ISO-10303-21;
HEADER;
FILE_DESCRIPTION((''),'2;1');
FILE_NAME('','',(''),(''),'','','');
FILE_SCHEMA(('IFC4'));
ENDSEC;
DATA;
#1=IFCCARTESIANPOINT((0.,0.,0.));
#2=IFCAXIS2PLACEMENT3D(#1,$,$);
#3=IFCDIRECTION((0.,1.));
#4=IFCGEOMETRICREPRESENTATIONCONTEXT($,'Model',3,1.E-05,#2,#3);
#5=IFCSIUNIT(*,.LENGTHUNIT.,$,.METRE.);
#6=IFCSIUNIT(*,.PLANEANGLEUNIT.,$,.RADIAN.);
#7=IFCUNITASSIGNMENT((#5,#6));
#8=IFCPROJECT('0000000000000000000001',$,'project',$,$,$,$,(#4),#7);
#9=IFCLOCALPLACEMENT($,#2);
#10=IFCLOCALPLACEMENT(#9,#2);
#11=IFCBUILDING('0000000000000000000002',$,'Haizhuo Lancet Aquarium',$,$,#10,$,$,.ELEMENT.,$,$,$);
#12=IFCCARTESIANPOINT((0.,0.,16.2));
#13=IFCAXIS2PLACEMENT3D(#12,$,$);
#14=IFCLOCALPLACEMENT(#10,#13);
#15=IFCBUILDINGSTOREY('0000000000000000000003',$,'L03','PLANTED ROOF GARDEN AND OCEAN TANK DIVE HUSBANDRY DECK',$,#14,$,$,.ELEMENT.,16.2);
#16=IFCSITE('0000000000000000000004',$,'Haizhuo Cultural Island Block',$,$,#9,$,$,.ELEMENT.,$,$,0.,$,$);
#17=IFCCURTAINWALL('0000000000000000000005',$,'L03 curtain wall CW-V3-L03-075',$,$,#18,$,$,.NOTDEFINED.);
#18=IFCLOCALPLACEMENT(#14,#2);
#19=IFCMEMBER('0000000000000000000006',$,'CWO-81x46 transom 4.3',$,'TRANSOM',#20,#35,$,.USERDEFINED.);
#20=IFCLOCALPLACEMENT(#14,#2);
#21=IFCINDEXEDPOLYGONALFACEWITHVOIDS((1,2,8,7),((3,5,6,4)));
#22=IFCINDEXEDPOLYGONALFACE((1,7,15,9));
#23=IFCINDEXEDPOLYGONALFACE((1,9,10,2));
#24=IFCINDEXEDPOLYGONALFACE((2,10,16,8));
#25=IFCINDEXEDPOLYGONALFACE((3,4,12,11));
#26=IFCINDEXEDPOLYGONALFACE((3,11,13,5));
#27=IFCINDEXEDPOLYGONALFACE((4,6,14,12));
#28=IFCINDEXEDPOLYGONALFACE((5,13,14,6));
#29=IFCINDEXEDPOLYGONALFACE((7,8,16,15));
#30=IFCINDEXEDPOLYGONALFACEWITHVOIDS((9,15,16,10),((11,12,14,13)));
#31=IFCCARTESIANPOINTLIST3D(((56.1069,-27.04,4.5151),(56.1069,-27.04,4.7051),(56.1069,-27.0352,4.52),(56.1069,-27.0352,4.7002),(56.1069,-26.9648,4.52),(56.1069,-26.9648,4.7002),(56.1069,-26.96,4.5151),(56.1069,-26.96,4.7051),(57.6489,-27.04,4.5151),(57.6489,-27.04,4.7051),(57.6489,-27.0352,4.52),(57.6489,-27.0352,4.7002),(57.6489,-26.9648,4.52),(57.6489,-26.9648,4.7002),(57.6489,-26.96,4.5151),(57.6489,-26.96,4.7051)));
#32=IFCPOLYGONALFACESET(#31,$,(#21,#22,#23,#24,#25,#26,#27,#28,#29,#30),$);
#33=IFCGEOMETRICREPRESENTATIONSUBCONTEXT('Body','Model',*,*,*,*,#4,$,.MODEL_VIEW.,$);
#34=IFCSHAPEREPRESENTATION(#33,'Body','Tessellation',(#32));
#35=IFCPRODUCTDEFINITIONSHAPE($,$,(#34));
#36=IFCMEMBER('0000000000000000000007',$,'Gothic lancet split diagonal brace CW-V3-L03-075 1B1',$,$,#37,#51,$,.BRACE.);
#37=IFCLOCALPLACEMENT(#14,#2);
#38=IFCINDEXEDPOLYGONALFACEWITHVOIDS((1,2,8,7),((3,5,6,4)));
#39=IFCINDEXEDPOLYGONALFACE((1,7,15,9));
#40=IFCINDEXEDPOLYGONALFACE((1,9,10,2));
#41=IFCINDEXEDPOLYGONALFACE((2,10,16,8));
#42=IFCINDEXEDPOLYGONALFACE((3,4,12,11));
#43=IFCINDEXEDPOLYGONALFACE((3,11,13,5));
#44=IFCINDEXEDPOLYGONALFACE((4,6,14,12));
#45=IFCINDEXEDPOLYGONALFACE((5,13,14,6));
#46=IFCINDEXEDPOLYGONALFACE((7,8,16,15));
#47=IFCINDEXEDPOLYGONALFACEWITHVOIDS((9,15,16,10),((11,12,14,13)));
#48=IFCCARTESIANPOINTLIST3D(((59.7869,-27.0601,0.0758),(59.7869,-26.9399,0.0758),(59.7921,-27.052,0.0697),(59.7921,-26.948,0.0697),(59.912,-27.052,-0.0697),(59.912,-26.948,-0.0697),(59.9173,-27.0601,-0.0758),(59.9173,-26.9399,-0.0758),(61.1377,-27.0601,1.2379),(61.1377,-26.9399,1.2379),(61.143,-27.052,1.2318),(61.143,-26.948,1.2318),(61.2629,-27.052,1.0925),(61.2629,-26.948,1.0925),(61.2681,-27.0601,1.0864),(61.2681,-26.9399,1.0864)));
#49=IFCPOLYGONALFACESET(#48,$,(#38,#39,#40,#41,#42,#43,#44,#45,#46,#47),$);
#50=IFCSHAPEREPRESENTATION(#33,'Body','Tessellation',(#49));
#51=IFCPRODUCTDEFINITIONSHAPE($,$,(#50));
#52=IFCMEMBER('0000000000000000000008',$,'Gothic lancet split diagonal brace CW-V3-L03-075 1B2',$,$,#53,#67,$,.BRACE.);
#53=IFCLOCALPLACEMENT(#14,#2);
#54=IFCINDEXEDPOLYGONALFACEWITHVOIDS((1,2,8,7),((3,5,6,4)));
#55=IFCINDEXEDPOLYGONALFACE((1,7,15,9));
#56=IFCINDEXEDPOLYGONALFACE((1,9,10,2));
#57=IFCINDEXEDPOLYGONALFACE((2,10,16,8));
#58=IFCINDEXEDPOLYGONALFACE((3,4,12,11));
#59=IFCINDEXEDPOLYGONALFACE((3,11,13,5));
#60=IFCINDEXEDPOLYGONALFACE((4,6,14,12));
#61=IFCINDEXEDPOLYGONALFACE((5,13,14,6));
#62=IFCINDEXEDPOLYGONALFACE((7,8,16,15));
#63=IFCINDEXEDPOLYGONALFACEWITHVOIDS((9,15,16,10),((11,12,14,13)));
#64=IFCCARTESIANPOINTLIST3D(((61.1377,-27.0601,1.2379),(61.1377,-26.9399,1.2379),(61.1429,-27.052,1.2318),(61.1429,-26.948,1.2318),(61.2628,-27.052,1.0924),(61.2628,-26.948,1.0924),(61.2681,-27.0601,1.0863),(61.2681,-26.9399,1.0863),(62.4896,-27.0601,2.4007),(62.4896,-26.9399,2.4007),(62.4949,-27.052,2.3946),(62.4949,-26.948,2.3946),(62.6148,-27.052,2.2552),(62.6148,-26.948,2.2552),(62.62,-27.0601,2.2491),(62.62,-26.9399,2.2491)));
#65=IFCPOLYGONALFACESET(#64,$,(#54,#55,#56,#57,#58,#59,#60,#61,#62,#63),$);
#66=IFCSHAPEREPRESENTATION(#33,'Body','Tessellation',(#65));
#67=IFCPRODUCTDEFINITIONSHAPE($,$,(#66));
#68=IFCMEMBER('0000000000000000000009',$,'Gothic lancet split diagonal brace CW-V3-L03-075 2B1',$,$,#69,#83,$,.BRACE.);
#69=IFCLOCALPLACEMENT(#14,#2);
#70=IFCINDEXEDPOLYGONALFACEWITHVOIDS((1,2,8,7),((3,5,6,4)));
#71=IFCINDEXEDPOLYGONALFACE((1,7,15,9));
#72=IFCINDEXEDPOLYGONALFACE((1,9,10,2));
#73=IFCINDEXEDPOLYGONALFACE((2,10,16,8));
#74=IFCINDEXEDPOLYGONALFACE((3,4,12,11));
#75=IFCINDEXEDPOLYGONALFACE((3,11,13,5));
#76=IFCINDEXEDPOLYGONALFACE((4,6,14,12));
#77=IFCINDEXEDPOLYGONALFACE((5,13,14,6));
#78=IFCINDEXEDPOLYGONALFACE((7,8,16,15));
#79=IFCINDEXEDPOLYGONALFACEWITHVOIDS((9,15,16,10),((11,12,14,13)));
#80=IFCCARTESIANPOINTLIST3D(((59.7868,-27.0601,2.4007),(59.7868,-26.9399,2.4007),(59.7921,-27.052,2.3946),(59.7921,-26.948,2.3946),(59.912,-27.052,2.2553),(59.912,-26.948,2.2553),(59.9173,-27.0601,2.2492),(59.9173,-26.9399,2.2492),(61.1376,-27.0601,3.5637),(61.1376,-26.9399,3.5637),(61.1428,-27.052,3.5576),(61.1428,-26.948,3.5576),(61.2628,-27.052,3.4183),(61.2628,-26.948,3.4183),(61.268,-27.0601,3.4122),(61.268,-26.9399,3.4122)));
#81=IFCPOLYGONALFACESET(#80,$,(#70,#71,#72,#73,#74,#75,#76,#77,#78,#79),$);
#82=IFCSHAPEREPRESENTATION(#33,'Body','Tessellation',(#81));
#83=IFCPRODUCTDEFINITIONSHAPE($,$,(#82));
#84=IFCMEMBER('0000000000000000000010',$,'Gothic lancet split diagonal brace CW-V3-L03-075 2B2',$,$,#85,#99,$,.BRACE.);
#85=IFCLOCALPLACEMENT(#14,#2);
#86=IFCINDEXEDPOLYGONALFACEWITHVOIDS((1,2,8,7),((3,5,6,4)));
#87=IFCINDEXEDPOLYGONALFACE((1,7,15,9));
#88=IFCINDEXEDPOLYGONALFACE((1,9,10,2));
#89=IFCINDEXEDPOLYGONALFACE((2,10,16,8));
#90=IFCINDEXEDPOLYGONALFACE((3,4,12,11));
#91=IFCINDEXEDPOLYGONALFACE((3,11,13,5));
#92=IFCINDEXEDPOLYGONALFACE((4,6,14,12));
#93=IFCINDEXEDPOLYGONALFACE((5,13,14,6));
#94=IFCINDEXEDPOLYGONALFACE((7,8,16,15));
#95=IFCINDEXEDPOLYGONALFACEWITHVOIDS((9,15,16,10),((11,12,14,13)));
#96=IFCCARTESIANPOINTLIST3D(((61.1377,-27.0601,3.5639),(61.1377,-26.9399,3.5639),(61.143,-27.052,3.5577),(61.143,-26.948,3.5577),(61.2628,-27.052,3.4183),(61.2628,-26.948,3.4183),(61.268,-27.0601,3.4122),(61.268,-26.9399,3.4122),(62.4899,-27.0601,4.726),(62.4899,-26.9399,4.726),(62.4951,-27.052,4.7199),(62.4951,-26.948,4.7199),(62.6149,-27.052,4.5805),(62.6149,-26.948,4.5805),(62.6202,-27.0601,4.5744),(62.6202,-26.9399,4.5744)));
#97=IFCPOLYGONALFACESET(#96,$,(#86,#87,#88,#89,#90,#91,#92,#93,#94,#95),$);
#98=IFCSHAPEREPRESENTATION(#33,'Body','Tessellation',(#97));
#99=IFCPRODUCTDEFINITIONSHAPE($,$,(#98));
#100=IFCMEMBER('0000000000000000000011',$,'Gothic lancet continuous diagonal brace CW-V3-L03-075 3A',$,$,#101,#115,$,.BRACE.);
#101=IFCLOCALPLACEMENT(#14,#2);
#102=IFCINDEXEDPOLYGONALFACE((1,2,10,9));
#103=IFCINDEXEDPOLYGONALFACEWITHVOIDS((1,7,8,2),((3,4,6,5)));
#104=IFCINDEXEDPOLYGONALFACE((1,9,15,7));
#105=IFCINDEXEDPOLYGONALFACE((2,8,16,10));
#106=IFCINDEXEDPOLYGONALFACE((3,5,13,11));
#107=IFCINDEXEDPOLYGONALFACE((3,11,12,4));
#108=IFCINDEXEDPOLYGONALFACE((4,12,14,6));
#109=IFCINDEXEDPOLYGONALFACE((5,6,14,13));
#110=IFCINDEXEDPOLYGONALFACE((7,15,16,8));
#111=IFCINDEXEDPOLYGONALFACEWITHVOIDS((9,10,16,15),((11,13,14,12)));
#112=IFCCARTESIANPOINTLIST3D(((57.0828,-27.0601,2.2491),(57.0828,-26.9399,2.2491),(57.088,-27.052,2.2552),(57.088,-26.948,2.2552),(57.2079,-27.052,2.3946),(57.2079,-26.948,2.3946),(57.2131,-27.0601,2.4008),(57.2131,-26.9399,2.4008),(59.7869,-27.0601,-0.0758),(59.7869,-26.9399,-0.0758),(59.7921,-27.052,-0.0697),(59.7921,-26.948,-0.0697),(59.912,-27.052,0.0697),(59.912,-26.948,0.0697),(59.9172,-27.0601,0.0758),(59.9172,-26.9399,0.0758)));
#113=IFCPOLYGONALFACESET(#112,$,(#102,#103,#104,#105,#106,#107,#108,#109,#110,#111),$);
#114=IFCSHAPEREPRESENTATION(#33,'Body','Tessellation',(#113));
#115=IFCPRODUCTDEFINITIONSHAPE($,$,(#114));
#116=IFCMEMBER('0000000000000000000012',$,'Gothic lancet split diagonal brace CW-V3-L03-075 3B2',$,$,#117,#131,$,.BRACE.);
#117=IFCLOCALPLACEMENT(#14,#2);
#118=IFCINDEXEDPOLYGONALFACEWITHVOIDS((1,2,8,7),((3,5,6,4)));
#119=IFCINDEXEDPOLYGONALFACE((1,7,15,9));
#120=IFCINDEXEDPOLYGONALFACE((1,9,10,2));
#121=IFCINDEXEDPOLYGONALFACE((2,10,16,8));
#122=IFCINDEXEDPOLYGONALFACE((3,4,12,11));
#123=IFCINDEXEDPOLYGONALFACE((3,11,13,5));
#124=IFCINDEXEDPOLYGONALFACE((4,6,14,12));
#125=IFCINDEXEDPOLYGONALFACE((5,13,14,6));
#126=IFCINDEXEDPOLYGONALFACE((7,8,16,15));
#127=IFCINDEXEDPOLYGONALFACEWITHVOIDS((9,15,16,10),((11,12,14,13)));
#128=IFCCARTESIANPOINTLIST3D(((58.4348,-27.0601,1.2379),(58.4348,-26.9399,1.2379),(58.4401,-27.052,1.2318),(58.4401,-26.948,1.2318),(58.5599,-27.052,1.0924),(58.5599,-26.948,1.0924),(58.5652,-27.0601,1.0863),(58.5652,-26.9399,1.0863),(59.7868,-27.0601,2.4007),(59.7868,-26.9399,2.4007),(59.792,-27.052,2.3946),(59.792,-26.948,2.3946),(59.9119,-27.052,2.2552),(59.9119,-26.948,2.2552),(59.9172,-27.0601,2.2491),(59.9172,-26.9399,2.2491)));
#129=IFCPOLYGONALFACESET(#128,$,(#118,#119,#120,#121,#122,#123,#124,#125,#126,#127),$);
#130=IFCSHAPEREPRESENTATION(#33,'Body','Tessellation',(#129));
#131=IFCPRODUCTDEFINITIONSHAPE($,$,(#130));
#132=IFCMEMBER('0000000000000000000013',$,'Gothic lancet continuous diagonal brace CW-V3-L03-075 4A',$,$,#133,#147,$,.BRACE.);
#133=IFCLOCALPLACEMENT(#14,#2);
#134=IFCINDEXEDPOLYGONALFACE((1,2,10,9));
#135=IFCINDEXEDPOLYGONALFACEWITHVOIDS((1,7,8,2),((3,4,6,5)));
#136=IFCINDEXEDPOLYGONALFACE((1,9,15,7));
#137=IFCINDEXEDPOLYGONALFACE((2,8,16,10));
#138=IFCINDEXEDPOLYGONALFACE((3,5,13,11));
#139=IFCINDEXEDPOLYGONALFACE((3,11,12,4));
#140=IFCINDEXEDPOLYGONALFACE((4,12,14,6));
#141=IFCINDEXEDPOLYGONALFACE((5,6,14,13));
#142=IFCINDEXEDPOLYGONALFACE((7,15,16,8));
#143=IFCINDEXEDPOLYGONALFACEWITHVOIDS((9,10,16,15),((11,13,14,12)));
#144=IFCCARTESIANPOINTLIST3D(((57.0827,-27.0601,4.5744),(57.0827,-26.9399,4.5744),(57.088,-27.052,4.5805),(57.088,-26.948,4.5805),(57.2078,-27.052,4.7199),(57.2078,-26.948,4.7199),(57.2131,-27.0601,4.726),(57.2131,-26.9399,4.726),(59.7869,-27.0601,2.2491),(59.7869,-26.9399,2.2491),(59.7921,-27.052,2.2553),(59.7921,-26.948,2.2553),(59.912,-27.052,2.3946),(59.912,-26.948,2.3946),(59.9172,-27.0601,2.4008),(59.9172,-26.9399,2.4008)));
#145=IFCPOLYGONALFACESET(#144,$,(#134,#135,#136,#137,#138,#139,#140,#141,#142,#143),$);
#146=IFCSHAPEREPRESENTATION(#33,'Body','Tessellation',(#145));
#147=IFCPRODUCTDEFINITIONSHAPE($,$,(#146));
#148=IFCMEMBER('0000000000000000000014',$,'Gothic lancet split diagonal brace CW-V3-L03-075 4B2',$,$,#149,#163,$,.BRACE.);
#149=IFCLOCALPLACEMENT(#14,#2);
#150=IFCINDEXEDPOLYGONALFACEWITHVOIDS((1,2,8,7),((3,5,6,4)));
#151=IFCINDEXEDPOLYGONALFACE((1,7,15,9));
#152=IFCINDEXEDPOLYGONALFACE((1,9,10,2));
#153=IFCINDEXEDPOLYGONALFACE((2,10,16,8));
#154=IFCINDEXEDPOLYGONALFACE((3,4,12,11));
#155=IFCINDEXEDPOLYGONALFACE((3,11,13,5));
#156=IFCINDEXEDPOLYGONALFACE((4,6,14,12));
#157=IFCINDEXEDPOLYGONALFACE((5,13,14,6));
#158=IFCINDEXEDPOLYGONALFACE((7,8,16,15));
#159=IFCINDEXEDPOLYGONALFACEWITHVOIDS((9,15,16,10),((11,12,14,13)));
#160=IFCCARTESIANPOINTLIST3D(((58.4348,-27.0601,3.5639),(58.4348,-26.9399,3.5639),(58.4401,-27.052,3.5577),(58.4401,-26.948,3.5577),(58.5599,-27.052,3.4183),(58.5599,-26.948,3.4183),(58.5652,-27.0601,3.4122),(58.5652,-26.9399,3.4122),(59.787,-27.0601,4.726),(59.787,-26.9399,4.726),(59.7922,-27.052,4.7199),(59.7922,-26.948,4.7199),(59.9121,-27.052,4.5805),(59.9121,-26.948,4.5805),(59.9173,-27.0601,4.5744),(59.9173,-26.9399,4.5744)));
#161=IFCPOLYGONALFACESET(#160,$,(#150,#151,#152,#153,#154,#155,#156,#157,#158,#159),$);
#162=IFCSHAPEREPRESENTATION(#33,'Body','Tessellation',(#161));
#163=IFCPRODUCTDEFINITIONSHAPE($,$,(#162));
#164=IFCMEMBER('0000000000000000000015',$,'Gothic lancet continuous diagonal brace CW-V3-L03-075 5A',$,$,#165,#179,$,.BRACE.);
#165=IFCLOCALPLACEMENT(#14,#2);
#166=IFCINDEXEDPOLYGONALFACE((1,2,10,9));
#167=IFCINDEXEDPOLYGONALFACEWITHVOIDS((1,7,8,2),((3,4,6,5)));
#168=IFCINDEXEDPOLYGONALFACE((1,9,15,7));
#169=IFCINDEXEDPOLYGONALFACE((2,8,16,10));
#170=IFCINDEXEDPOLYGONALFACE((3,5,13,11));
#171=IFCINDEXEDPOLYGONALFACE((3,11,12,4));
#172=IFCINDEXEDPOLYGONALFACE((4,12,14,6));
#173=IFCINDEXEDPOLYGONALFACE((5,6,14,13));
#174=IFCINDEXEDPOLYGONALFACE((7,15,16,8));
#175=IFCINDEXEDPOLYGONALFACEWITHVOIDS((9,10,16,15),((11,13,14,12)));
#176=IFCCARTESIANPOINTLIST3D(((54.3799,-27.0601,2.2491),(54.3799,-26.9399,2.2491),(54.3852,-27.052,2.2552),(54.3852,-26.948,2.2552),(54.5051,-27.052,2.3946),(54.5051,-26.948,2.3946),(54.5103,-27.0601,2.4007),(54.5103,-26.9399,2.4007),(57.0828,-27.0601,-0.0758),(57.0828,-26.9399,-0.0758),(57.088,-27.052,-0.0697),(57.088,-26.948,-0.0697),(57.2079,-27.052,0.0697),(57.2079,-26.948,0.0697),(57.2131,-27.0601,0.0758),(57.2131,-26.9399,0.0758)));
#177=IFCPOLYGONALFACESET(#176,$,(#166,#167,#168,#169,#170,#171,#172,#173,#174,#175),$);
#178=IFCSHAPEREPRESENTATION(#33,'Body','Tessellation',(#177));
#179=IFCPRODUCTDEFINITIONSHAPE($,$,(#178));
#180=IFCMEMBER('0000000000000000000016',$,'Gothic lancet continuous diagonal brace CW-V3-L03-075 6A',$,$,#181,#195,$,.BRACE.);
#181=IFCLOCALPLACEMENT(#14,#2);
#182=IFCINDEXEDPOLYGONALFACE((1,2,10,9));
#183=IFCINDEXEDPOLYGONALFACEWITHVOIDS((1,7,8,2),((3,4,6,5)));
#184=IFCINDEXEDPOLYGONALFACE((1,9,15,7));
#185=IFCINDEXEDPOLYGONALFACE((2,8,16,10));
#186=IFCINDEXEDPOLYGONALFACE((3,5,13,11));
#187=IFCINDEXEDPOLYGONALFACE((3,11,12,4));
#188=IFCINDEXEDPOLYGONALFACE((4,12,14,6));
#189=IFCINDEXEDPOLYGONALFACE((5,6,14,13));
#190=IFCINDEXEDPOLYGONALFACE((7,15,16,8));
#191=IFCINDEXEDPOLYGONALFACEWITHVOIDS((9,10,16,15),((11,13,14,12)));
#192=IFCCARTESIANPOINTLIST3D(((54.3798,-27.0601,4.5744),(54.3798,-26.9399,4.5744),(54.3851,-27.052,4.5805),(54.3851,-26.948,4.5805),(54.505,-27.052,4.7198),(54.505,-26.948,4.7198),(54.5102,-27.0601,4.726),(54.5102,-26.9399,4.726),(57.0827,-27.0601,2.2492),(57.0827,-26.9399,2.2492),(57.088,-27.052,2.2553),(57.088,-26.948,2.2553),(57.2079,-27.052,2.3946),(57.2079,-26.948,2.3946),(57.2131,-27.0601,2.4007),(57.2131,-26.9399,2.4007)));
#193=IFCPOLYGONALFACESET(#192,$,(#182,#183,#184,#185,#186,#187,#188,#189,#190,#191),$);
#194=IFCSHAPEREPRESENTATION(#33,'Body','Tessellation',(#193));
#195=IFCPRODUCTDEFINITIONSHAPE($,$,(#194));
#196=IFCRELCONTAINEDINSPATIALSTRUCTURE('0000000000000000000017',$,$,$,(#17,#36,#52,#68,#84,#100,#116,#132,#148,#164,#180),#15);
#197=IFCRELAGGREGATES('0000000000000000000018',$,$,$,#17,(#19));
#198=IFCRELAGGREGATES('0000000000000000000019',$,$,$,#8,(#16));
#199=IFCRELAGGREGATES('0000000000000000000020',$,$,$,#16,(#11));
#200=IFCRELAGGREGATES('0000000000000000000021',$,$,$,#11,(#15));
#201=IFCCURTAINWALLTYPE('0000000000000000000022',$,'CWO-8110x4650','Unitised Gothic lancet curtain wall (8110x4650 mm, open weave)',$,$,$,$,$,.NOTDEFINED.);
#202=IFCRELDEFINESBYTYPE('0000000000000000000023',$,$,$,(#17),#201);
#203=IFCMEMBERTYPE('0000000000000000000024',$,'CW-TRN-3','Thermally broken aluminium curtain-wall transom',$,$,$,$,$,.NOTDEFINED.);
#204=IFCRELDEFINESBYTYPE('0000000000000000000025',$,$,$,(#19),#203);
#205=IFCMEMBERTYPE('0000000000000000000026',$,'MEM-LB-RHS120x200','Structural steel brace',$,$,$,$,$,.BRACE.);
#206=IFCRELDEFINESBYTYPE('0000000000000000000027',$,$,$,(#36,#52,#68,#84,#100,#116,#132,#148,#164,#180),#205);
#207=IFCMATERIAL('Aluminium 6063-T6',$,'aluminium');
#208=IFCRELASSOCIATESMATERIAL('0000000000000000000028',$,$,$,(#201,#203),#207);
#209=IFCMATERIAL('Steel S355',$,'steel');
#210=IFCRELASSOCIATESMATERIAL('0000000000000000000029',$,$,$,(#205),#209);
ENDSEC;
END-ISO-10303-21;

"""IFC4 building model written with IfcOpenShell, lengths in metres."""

from ifc_helpers import new_model, si_unit, direction, frame, origin, origin_2d, place, context, subcontext, project, spatial, hollow_rectangle, extrude, material, material_profile, profile_set, type_object, element, aggregate, save


model = new_model("IFC4")

# Units and contexts
model_context = context("Model", 3, precision=1e-05, world=origin(), true_north=direction((0.0, 1.0)))
body_context = subcontext(model_context, "Body", "Model", "MODEL_VIEW")
ifc_project = project(units=[si_unit("LENGTHUNIT", "METRE"), si_unit("PLANEANGLEUNIT", "RADIAN")], contexts=[model_context])

# Site, building, storey
site_placement = place(None, origin())
site = spatial("IfcSite", under=ifc_project, at=site_placement, Name="Haizhuo Cultural Island Block", CompositionType="ELEMENT", RefElevation=0.0)
building_placement = place(site_placement, origin())
building = spatial("IfcBuilding", under=site, at=building_placement, Name="Haizhuo Lancet Aquarium", CompositionType="ELEMENT")
storey_placement = place(building_placement, frame((0.0, 0.0, 16.2)))
storey = spatial("IfcBuildingStorey", under=building, at=storey_placement, Name="L03", Description="PLANTED ROOF GARDEN AND OCEAN TANK DIVE HUSBANDRY DECK", CompositionType="ELEMENT", Elevation=16.2)

# Curtain wall, member
ifc_material_1 = material(Name="Aluminium 6063-T6", Category="aluminium")
curtain_wall_type = type_object("IfcCurtainWallType", Name="CWO-8110x4650", Description="Unitised Gothic lancet curtain wall (8110x4650 mm, open weave)", PredefinedType="NOTDEFINED", material=ifc_material_1)
curtain_wall_placement = place(storey_placement, origin())
curtain_wall = element("IfcCurtainWall", 1, at=curtain_wall_placement, inside=storey, type_object=curtain_wall_type, Name="L03 curtain wall CW-V3-L03-075", PredefinedType="NOTDEFINED")
ifc_material_profile_1 = material_profile(ifc_material_1, hollow_rectangle(XDim=0.0801, YDim=0.1899, WallThickness=0.0049, at=origin_2d()), Name="ALU-T 80x190x5")
ifc_profile_set_1 = profile_set([ifc_material_profile_1], Name="Aluminium 6063-T6")
member_type_1 = type_object("IfcMemberType", Name="CW-TRN-3", Description="Thermally broken aluminium curtain-wall transom", PredefinedType="NOTDEFINED", material=ifc_profile_set_1)
member_1_placement = place(storey_placement, frame((57.6489, -27.0, 4.6101), z_axis=(-1.0, 0.0, 0.0), x_axis=(0.0, -1.0, 0.0)))
member_1 = element("IfcMember", 2, at=member_1_placement, type_object=member_type_1, Name="CWO-81x46 transom 4.3", ObjectType="TRANSOM", PredefinedType="USERDEFINED", context=body_context, shape_type="SweptSolid", body=[
    extrude(hollow_rectangle(XDim=0.0801, YDim=0.1899, WallThickness=0.0049, at=origin_2d()), origin(), (0.0, 0.0, 1.0), 1.542),
])

# Members
ifc_material_2 = material(Name="Steel S355", Category="steel")
ifc_material_profile_2 = material_profile(ifc_material_2, hollow_rectangle(XDim=0.1201, YDim=0.2, WallThickness=0.0081, at=origin_2d()), Name="RHS 120x200x8")
ifc_profile_set_2 = profile_set([ifc_material_profile_2], Name="Steel S355")
member_type_2 = type_object("IfcMemberType", Name="MEM-LB-RHS120x200", Description="Structural steel brace", PredefinedType="BRACE", material=ifc_profile_set_2)
member_2_placement = place(storey_placement, frame((59.8521, -27.0, 0.0), z_axis=(0.758075, 0.0, 0.652167), x_axis=(0.0, 1.0, 0.0)))
element("IfcMember", 3, at=member_2_placement, inside=storey, type_object=member_type_2, Name="Gothic lancet split diagonal brace CW-V3-L03-075 1B1", PredefinedType="BRACE", context=body_context, shape_type="SweptSolid", body=[
    extrude(hollow_rectangle(XDim=0.1201, YDim=0.2, WallThickness=0.0081, at=origin_2d()), origin(), (0.0, 0.0, 1.0), 1.782),
])
member_3_placement = place(storey_placement, frame((61.2029, -27.0, 1.1621), z_axis=(0.758164, 0.0, 0.652064), x_axis=(0.0, 1.0, 0.0)))
element("IfcMember", 4, at=member_3_placement, inside=storey, type_object=member_type_2, Name="Gothic lancet split diagonal brace CW-V3-L03-075 1B2", PredefinedType="BRACE", context=body_context, shape_type="SweptSolid", body=[
    extrude(hollow_rectangle(XDim=0.1201, YDim=0.2, WallThickness=0.0081, at=origin_2d()), origin(), (0.0, 0.0, 1.0), 1.7832),
])
member_4_placement = place(storey_placement, frame((59.8521, -27.0, 2.325), z_axis=(0.757805, 0.0, 0.652482), x_axis=(0.0, 1.0, 0.0)))
element("IfcMember", 5, at=member_4_placement, inside=storey, type_object=member_type_2, Name="Gothic lancet split diagonal brace CW-V3-L03-075 2B1", PredefinedType="BRACE", context=body_context, shape_type="SweptSolid", body=[
    extrude(hollow_rectangle(XDim=0.1201, YDim=0.2, WallThickness=0.0081, at=origin_2d()), origin(), (0.0, 0.0, 1.0), 1.7825),
])
member_5_placement = place(storey_placement, frame((61.2029, -27.0, 3.488), z_axis=(0.758367, 0.0, 0.651828), x_axis=(0.0, 1.0, 0.0)))
element("IfcMember", 6, at=member_5_placement, inside=storey, type_object=member_type_2, Name="Gothic lancet split diagonal brace CW-V3-L03-075 2B2", PredefinedType="BRACE", context=body_context, shape_type="SweptSolid", body=[
    extrude(hollow_rectangle(XDim=0.1201, YDim=0.2, WallThickness=0.0081, at=origin_2d()), origin(), (0.0, 0.0, 1.0), 1.783),
])
member_6_placement = place(storey_placement, frame((59.8521, -27.0, 0.0), z_axis=(-0.758265, 0.0, 0.651946), x_axis=(0.0, -1.0, 0.0)))
element("IfcMember", 7, at=member_6_placement, inside=storey, type_object=member_type_2, Name="Gothic lancet continuous diagonal brace CW-V3-L03-075 3A", PredefinedType="BRACE", context=body_context, shape_type="SweptSolid", body=[
    extrude(hollow_rectangle(XDim=0.1201, YDim=0.2, WallThickness=0.0081, at=origin_2d()), origin(), (0.0, 0.0, 1.0), 3.5662),
])
member_7_placement = place(storey_placement, frame((58.5, -27.0, 1.1621), z_axis=(0.758164, 0.0, 0.652064), x_axis=(0.0, 1.0, 0.0)))
element("IfcMember", 8, at=member_7_placement, inside=storey, type_object=member_type_2, Name="Gothic lancet split diagonal brace CW-V3-L03-075 3B2", PredefinedType="BRACE", context=body_context, shape_type="SweptSolid", body=[
    extrude(hollow_rectangle(XDim=0.1201, YDim=0.2, WallThickness=0.0081, at=origin_2d()), origin(), (0.0, 0.0, 1.0), 1.7832),
])
member_8_placement = place(storey_placement, frame((59.8521, -27.0, 2.325), z_axis=(-0.758231, 0.0, 0.651986), x_axis=(0.0, -1.0, 0.0)))
element("IfcMember", 9, at=member_8_placement, inside=storey, type_object=member_type_2, Name="Gothic lancet continuous diagonal brace CW-V3-L03-075 4A", PredefinedType="BRACE", context=body_context, shape_type="SweptSolid", body=[
    extrude(hollow_rectangle(XDim=0.1201, YDim=0.2, WallThickness=0.0081, at=origin_2d()), origin(), (0.0, 0.0, 1.0), 3.5664),
])
member_9_placement = place(storey_placement, frame((58.5, -27.0, 3.488), z_axis=(0.758367, 0.0, 0.651828), x_axis=(0.0, 1.0, 0.0)))
element("IfcMember", 10, at=member_9_placement, inside=storey, type_object=member_type_2, Name="Gothic lancet split diagonal brace CW-V3-L03-075 4B2", PredefinedType="BRACE", context=body_context, shape_type="SweptSolid", body=[
    extrude(hollow_rectangle(XDim=0.1201, YDim=0.2, WallThickness=0.0081, at=origin_2d()), origin(), (0.0, 0.0, 1.0), 1.783),
])
member_10_placement = place(storey_placement, frame((57.1479, -27.0, 0.0), z_axis=(-0.75812, 0.0, 0.652116), x_axis=(0.0, -1.0, 0.0)))
element("IfcMember", 11, at=member_10_placement, inside=storey, type_object=member_type_2, Name="Gothic lancet continuous diagonal brace CW-V3-L03-075 5A", PredefinedType="BRACE", context=body_context, shape_type="SweptSolid", body=[
    extrude(hollow_rectangle(XDim=0.1201, YDim=0.2, WallThickness=0.0081, at=origin_2d()), origin(), (0.0, 0.0, 1.0), 3.5652),
])
member_11_placement = place(storey_placement, frame((57.1479, -27.0, 2.325), z_axis=(-0.758086, 0.0, 0.652155), x_axis=(0.0, -1.0, 0.0)))
element("IfcMember", 12, at=member_11_placement, inside=storey, type_object=member_type_2, Name="Gothic lancet continuous diagonal brace CW-V3-L03-075 6A", PredefinedType="BRACE", context=body_context, shape_type="SweptSolid", body=[
    extrude(hollow_rectangle(XDim=0.1201, YDim=0.2, WallThickness=0.0081, at=origin_2d()), origin(), (0.0, 0.0, 1.0), 3.5654),
])

aggregate(curtain_wall, [member_1])

save(model, "model.ifc")
